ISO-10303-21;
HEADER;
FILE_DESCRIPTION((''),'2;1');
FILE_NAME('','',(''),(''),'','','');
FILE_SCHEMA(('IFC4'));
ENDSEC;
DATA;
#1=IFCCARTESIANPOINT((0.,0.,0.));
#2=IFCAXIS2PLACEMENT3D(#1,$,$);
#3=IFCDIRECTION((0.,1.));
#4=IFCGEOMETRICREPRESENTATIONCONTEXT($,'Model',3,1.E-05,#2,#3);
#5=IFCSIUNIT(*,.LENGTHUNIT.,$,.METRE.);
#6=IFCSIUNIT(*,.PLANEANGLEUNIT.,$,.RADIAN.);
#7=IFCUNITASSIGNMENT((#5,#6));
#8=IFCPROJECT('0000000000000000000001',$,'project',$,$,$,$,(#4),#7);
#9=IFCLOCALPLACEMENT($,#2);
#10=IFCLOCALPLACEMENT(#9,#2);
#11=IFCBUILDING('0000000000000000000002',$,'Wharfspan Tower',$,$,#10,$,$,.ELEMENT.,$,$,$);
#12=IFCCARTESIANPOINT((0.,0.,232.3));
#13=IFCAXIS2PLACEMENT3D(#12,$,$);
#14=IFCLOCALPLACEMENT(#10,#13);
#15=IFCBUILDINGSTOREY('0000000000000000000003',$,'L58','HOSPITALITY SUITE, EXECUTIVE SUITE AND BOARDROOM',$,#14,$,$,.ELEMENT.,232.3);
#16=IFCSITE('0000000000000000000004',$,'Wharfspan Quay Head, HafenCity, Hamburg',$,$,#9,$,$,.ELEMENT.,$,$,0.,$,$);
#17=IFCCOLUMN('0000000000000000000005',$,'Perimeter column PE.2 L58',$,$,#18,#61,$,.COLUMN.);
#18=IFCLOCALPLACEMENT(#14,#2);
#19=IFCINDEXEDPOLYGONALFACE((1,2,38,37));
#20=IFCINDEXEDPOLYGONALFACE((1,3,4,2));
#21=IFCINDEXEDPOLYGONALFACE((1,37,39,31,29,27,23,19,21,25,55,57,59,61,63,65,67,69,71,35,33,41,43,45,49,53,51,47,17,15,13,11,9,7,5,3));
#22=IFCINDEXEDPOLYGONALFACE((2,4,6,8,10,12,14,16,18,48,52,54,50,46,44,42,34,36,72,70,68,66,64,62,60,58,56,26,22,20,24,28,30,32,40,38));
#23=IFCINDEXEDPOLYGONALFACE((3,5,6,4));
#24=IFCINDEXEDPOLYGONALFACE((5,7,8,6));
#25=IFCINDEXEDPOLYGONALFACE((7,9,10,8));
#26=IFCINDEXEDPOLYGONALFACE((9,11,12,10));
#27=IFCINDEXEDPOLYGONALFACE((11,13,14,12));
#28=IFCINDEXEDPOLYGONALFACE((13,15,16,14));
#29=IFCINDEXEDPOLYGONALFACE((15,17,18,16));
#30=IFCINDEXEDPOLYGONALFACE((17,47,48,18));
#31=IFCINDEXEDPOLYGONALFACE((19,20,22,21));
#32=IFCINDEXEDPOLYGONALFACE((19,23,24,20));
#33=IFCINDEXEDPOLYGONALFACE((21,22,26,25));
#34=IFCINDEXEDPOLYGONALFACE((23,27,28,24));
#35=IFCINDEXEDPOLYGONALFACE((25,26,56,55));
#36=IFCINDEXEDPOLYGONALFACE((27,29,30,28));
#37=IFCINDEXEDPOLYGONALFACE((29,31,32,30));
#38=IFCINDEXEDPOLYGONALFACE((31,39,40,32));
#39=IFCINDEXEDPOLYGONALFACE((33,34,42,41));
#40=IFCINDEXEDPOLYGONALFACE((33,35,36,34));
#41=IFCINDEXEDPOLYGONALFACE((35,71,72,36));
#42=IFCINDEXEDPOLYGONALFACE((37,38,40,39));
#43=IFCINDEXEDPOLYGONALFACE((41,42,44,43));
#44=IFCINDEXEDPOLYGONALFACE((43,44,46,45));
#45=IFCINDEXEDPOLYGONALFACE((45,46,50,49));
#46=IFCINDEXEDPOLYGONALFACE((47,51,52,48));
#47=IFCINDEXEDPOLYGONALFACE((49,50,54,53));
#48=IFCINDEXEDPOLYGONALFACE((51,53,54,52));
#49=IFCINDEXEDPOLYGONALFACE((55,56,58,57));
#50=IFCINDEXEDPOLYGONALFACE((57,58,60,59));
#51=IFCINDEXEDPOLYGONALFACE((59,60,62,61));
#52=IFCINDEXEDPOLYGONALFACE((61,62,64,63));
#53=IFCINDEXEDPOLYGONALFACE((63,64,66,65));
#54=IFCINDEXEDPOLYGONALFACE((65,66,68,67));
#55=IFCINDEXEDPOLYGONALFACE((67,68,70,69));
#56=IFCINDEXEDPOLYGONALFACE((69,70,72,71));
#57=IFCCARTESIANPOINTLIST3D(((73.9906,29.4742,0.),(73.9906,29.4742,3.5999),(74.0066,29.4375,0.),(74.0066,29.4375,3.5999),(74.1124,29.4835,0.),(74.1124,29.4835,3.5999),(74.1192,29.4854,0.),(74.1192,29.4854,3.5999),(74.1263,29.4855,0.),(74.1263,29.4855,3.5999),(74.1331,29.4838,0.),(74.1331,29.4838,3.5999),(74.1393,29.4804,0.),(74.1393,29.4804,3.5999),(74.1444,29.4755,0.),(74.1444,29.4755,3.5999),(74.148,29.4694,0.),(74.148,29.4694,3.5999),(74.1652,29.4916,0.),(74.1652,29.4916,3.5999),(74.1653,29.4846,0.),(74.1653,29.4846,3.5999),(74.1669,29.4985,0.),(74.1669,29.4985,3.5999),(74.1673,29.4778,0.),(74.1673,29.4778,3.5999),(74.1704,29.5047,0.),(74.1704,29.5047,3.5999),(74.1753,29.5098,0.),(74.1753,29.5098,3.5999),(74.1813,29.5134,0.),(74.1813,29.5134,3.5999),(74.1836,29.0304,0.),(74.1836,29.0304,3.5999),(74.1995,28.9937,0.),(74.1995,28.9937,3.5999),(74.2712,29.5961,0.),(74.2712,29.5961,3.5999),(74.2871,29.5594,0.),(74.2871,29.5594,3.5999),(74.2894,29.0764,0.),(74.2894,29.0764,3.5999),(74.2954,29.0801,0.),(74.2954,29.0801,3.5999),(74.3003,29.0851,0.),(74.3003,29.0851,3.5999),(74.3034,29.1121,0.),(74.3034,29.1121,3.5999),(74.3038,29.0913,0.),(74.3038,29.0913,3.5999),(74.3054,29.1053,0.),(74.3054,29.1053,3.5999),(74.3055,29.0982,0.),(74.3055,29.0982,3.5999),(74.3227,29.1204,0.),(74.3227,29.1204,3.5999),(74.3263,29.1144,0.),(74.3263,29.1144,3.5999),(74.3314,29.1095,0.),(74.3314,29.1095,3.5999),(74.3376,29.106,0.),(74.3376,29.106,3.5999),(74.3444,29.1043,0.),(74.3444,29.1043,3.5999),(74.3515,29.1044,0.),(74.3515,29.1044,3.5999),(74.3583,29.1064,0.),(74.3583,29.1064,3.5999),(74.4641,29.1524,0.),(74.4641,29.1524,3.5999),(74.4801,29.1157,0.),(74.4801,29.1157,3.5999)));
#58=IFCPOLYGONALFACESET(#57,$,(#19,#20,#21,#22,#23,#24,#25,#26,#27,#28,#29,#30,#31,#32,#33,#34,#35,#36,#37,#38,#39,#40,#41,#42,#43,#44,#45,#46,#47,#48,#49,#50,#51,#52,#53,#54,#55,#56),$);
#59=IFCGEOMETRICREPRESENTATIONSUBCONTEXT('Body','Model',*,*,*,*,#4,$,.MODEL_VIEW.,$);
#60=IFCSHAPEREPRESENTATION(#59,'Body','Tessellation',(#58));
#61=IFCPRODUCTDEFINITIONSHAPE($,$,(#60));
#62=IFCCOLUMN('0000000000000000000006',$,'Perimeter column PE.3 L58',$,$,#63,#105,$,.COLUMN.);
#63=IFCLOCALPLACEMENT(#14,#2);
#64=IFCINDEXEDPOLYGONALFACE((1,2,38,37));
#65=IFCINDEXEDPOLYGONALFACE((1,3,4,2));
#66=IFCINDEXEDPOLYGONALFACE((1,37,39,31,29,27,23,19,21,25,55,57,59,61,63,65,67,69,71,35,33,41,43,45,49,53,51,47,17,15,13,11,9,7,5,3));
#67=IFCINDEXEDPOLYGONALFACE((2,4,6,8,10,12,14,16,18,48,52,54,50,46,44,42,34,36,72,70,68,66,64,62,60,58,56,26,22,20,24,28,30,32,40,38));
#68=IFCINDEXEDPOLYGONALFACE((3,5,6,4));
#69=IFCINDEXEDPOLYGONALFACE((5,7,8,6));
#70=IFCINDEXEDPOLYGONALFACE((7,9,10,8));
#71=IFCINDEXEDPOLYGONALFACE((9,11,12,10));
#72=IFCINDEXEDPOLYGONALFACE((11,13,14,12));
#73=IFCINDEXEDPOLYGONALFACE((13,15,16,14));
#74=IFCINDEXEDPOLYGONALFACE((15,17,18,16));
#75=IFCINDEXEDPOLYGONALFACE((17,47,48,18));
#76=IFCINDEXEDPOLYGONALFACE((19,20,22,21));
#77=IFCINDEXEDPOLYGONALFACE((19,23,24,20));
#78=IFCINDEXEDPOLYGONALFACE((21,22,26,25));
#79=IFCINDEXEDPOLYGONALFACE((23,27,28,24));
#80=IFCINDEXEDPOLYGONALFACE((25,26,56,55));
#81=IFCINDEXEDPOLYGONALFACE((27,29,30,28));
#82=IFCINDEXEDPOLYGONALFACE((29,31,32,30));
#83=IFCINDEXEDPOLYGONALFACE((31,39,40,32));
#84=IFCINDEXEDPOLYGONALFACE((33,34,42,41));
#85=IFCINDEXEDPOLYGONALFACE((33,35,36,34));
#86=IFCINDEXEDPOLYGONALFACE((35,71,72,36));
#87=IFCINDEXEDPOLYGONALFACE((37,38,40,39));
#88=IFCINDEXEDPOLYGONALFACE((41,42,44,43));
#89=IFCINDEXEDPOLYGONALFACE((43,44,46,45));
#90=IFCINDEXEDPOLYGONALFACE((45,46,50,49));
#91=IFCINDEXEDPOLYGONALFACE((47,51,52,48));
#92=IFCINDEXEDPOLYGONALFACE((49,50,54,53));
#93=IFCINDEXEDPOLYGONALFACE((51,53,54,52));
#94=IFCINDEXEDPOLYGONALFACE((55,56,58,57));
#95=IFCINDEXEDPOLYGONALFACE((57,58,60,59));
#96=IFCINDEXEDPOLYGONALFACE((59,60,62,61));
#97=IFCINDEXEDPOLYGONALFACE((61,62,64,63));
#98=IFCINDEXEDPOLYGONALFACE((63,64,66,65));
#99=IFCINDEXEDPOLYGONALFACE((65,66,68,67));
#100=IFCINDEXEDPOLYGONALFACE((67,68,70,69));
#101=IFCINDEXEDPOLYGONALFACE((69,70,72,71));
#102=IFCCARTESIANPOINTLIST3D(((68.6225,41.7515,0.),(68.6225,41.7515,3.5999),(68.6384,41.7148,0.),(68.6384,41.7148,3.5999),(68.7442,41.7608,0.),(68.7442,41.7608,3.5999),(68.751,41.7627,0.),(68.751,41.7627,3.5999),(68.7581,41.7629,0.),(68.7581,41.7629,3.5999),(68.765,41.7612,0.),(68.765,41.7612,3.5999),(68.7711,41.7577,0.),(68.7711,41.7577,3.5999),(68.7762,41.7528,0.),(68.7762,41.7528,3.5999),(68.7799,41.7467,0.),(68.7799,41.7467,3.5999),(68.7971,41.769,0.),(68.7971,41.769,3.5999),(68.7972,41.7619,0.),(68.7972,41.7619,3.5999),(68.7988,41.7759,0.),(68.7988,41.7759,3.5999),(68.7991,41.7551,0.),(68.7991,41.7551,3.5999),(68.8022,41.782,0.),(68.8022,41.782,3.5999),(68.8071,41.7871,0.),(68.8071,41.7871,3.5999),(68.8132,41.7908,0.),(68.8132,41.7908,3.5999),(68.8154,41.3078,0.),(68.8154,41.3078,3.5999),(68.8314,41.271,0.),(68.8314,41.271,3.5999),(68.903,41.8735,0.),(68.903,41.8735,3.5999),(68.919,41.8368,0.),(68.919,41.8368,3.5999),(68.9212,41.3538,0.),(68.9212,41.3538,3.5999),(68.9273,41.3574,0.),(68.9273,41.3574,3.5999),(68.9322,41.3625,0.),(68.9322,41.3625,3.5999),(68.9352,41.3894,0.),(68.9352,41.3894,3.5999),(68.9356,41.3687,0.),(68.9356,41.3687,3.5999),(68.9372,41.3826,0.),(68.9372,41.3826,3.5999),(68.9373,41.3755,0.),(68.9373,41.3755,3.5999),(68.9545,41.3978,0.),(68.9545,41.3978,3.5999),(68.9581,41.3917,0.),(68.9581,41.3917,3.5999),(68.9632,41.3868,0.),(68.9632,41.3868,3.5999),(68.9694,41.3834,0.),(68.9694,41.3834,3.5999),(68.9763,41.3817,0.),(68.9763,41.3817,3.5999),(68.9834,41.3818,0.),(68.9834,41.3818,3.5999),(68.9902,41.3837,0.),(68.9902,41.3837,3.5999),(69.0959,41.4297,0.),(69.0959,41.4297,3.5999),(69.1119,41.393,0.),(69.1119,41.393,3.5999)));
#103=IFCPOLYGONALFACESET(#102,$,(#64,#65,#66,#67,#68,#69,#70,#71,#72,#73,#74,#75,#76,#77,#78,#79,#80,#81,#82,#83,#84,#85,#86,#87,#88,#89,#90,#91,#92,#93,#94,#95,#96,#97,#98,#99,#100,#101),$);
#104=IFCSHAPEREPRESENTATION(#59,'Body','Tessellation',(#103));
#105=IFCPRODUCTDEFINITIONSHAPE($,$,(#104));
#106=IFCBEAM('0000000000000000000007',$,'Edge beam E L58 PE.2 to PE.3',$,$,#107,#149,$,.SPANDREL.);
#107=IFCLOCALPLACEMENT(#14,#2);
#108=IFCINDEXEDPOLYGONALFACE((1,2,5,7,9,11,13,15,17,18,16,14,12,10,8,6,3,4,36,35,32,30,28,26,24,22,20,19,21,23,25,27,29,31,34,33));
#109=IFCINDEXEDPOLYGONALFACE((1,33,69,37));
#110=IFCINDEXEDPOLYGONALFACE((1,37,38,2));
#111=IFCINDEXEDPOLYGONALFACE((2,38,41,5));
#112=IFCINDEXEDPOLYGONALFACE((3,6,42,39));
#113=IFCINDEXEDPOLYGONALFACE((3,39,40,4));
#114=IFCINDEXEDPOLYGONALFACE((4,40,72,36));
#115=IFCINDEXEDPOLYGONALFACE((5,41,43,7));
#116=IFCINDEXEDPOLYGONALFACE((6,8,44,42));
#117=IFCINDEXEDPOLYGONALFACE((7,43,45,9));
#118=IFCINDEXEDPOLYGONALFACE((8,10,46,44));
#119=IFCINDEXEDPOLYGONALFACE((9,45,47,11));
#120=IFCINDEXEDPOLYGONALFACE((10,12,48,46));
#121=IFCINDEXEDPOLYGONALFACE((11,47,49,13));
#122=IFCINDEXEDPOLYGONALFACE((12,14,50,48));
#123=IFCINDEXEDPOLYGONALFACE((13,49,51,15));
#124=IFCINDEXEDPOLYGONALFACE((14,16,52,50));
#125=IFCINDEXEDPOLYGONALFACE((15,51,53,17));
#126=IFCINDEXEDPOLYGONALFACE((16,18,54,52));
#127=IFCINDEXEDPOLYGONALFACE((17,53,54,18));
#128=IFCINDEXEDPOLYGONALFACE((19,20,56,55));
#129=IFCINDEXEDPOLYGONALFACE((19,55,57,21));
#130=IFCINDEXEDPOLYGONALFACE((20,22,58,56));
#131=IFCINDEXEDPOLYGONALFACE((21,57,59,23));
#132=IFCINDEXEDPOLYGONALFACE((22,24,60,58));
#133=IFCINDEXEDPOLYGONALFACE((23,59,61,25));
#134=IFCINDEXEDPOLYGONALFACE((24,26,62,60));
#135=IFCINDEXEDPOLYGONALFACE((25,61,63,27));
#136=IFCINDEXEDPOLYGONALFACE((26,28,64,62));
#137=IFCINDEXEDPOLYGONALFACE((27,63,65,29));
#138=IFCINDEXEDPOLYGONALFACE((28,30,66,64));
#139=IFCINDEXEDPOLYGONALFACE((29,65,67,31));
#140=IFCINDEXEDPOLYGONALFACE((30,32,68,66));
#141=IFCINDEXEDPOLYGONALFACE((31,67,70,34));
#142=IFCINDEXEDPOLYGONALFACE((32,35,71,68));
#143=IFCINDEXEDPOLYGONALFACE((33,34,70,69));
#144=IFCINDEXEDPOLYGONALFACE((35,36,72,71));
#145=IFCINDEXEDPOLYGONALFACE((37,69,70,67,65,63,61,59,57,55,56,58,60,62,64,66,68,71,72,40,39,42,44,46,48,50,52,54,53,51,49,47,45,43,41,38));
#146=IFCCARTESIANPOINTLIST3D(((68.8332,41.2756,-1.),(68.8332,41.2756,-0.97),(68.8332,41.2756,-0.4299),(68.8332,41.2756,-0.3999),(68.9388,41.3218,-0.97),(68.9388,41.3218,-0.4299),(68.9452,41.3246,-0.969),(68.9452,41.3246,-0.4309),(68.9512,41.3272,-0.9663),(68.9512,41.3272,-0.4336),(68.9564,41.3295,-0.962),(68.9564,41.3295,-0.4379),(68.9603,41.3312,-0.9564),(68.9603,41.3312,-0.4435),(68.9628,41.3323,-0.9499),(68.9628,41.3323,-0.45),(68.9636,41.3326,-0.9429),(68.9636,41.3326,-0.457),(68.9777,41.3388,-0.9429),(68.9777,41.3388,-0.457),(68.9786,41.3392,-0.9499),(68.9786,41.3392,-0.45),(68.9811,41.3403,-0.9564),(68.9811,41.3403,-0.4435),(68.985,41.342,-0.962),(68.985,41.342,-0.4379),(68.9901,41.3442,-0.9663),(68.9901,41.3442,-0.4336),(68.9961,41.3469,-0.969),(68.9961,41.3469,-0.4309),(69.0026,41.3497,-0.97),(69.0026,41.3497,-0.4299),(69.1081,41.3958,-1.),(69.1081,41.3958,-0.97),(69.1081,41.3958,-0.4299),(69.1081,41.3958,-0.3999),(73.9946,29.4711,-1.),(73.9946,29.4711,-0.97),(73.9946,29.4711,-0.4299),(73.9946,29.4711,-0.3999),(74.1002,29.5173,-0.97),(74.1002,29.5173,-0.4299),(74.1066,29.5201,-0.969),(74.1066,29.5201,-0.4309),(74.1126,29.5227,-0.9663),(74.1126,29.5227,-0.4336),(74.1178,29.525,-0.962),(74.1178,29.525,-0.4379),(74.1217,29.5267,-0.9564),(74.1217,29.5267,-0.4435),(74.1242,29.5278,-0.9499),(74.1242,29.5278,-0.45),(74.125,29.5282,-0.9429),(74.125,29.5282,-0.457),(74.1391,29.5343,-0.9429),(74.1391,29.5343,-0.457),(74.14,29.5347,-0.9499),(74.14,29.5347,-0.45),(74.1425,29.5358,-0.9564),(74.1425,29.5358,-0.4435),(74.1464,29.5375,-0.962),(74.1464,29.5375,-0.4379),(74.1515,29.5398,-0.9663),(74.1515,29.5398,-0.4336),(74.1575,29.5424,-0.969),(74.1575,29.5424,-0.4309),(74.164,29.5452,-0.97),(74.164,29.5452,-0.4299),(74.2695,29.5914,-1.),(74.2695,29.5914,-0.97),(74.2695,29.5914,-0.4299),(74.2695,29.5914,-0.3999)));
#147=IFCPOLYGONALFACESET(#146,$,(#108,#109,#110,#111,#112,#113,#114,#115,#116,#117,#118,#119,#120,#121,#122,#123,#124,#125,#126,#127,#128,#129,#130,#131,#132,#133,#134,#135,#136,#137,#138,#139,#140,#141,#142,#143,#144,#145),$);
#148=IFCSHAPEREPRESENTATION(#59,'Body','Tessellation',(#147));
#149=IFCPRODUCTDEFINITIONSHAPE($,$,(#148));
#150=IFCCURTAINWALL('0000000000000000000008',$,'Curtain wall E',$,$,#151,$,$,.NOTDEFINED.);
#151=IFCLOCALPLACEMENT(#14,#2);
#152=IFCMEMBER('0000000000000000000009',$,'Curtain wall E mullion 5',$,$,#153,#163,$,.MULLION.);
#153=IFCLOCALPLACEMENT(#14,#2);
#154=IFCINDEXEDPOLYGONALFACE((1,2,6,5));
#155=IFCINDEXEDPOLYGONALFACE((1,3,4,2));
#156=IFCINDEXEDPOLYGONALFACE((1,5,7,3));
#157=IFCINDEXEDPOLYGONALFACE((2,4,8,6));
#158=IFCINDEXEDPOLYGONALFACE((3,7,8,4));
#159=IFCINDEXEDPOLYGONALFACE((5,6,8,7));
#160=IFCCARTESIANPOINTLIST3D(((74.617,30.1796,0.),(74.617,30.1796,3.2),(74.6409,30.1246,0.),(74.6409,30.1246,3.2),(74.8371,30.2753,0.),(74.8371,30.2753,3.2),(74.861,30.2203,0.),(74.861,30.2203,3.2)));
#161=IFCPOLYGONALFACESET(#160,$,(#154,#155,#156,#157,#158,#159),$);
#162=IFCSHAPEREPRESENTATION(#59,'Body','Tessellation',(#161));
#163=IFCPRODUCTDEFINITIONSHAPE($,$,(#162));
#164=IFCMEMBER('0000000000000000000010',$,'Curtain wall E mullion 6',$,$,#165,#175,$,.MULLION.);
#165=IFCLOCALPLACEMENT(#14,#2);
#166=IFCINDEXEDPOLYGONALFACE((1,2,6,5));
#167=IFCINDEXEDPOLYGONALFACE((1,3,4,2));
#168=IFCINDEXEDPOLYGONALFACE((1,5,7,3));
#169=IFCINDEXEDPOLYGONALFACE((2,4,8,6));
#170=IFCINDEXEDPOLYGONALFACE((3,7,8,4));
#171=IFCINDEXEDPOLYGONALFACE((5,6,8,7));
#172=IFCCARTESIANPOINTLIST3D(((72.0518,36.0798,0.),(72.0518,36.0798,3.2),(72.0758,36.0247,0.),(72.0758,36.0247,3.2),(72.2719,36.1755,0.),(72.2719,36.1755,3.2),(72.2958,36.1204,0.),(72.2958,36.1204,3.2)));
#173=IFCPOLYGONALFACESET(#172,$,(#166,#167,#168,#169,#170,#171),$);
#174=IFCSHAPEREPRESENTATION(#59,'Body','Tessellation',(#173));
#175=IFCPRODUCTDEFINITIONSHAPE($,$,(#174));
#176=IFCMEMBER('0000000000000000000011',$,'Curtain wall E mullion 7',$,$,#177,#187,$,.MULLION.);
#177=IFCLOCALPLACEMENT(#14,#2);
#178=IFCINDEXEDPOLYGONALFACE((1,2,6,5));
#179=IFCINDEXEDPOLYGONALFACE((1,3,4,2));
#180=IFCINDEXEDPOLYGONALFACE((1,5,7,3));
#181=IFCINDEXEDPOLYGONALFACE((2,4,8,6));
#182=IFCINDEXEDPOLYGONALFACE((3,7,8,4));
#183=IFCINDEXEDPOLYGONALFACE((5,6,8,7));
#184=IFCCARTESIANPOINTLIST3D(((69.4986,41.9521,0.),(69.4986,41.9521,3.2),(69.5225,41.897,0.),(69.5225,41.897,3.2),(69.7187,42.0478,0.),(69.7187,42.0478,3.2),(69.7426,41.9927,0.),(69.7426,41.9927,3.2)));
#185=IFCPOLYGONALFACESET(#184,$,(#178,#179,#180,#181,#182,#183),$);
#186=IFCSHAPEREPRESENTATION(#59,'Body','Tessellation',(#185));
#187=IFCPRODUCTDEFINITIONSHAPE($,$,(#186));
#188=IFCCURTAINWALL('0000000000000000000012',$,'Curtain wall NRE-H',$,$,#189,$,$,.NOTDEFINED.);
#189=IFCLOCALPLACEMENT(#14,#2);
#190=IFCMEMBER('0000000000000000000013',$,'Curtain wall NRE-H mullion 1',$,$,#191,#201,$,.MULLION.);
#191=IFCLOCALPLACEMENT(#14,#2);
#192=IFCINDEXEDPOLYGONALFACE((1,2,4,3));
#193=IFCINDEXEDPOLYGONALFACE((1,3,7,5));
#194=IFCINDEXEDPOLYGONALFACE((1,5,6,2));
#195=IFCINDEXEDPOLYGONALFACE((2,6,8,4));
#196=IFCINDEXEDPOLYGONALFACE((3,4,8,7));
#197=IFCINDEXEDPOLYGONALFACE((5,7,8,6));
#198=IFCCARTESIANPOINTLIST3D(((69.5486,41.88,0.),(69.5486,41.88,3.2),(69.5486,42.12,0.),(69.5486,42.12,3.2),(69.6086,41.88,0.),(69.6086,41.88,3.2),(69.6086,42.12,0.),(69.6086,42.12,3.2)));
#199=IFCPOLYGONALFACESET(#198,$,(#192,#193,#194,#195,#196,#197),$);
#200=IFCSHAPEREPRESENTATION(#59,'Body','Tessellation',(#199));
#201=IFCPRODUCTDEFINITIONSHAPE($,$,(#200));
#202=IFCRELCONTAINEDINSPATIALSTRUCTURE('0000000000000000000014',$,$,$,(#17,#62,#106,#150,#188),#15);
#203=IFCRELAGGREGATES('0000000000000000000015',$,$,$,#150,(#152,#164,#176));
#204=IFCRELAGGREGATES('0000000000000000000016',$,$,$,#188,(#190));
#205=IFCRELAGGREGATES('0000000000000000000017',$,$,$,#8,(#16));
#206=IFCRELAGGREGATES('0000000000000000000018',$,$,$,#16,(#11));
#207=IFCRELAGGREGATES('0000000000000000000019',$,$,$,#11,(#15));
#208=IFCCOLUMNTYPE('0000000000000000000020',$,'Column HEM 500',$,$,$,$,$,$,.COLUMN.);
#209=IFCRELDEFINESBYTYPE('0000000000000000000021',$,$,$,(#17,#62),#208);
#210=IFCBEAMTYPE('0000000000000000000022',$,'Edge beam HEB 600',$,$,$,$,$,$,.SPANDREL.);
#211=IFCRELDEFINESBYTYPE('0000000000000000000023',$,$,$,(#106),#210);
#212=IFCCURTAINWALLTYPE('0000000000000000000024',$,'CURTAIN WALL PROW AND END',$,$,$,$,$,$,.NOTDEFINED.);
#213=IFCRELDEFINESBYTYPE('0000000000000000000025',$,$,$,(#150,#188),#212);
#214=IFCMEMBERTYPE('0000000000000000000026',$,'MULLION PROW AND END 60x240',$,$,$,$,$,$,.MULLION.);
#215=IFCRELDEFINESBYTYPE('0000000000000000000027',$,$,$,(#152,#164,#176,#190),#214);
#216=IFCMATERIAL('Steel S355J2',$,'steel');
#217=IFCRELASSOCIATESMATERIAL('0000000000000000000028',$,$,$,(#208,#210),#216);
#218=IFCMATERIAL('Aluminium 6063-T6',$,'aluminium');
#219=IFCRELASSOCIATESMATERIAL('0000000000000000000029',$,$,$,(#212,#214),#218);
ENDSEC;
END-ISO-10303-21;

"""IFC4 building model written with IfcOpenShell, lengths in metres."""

from ifc_helpers import new_model, si_unit, direction, frame, origin, origin_2d, place, context, subcontext, project, spatial, rectangle, i_section, extrude, material, material_profile, profile_set, type_object, element, aggregate, save


model = new_model("IFC4")

# Units and contexts
model_context = context("Model", 3, precision=1e-05, world=origin(), true_north=direction((0.0, 1.0)))
body_context = subcontext(model_context, "Body", "Model", "MODEL_VIEW")
ifc_project = project(units=[si_unit("LENGTHUNIT", "METRE"), si_unit("PLANEANGLEUNIT", "RADIAN")], contexts=[model_context])

# Site, building, storey
site_placement = place(None, origin())
site = spatial("IfcSite", under=ifc_project, at=site_placement, Name="Wharfspan Quay Head, HafenCity, Hamburg", CompositionType="ELEMENT", RefElevation=0.0)
building_placement = place(site_placement, origin())
building = spatial("IfcBuilding", under=site, at=building_placement, Name="Wharfspan Tower", CompositionType="ELEMENT")
storey_placement = place(building_placement, frame((0.0, 0.0, 232.3)))
storey = spatial("IfcBuildingStorey", under=building, at=storey_placement, Name="L58", Description="HOSPITALITY SUITE, EXECUTIVE SUITE AND BOARDROOM", CompositionType="ELEMENT", Elevation=232.3)

# Columns
ifc_material_1 = material(Name="Steel S355J2", Category="steel")
ifc_material_profile_1 = material_profile(ifc_material_1, i_section(OverallWidth=0.3059, OverallDepth=0.5239, WebThickness=0.021, FlangeThickness=0.04, FilletRadius=0.0271, at=origin_2d()))
ifc_profile_set_1 = profile_set([ifc_material_profile_1], Name="Steel S355J2")
column_type = type_object("IfcColumnType", Name="Column HEM 500", PredefinedType="COLUMN", material=ifc_profile_set_1)
for number, where, z_axis, x_axis, name in (
    (1, (74.2354, 29.2949, 0.0), (0.0, 0.0, 1.0), (0.917072, 0.398727, 0.0), "Perimeter column PE.2 L58"),
    (2, (68.8672, 41.5723, 0.0), (0.0, 0.0, 1.0), (0.917072, 0.398727, 0.0), "Perimeter column PE.3 L58"),
):
    element("IfcColumn", number, at=place(storey_placement, frame(where, z_axis=z_axis, x_axis=x_axis)), inside=storey, type_object=column_type, Name=name, PredefinedType="COLUMN", context=body_context, shape_type="SweptSolid", body=[
        extrude(i_section(OverallWidth=0.3059, OverallDepth=0.5239, WebThickness=0.021, FlangeThickness=0.04, FilletRadius=0.0271, at=origin_2d()), origin(), (0.0, 0.0, 1.0), 3.5999),
    ])

# Beam
ifc_material_profile_2 = material_profile(ifc_material_1, i_section(OverallWidth=0.3, OverallDepth=0.6001, WebThickness=0.0154, FlangeThickness=0.03, FilletRadius=0.0271, at=origin_2d()))
ifc_profile_set_2 = profile_set([ifc_material_profile_2], Name="Steel S355J2")
beam_type = type_object("IfcBeamType", Name="Edge beam HEB 600", PredefinedType="SPANDREL", material=ifc_profile_set_2)
beam_placement = place(storey_placement, frame((74.1321, 29.5312, -0.7), z_axis=(-0.400619, 0.916245, 0.0), x_axis=(-0.916245, -0.400619, 0.0)))
element("IfcBeam", 3, at=beam_placement, inside=storey, type_object=beam_type, Name="Edge beam E L58 PE.2 to PE.3", PredefinedType="SPANDREL", context=body_context, shape_type="SweptSolid", body=[
    extrude(i_section(OverallWidth=0.3, OverallDepth=0.6001, WebThickness=0.0154, FlangeThickness=0.03, FilletRadius=0.0271, at=origin_2d()), origin(), (0.0, 0.0, 1.0), 12.8835),
])

# Curtain walls, members
ifc_material_2 = material(Name="Aluminium 6063-T6", Category="aluminium")
curtain_wall_type = type_object("IfcCurtainWallType", Name="CURTAIN WALL PROW AND END", PredefinedType="NOTDEFINED", material=ifc_material_2)
curtain_wall_1_placement = place(storey_placement, origin())
curtain_wall_1 = element("IfcCurtainWall", 4, at=curtain_wall_1_placement, inside=storey, type_object=curtain_wall_type, Name="Curtain wall E", PredefinedType="NOTDEFINED")
ifc_material_profile_3 = material_profile(ifc_material_2, rectangle(XDim=0.24, YDim=0.0601, at=origin_2d()))
ifc_profile_set_3 = profile_set([ifc_material_profile_3], Name="Aluminium 6063-T6")
member_type_1 = type_object("IfcMemberType", Name="MULLION PROW AND END 60x240", PredefinedType="MULLION", material=ifc_profile_set_3)
member_1_placement = place(storey_placement, frame((74.739, 30.2, 0.0), z_axis=(0.0, 0.0, 1.0), x_axis=(-0.917072, -0.398727, 0.0)))
member_1 = element("IfcMember", 5, at=member_1_placement, type_object=member_type_1, Name="Curtain wall E mullion 5", PredefinedType="MULLION", context=body_context, shape_type="SweptSolid", body=[
    extrude(rectangle(XDim=0.24, YDim=0.0601, at=origin_2d()), origin(), (0.0, 0.0, 1.0), 3.2),
])
member_2_placement = place(storey_placement, frame((72.1738, 36.1001, 0.0), z_axis=(0.0, 0.0, 1.0), x_axis=(-0.917072, -0.398727, 0.0)))
member_2 = element("IfcMember", 6, at=member_2_placement, type_object=member_type_1, Name="Curtain wall E mullion 6", PredefinedType="MULLION", context=body_context, shape_type="SweptSolid", body=[
    extrude(rectangle(XDim=0.24, YDim=0.0601, at=origin_2d()), origin(), (0.0, 0.0, 1.0), 3.2),
])
member_3_placement = place(storey_placement, frame((69.6206, 41.9724, 0.0), z_axis=(0.0, 0.0, 1.0), x_axis=(-0.917072, -0.398727, 0.0)))
member_3 = element("IfcMember", 7, at=member_3_placement, type_object=member_type_1, Name="Curtain wall E mullion 7", PredefinedType="MULLION", context=body_context, shape_type="SweptSolid", body=[
    extrude(rectangle(XDim=0.24, YDim=0.0601, at=origin_2d()), origin(), (0.0, 0.0, 1.0), 3.2),
])
curtain_wall_2_placement = place(storey_placement, origin())
curtain_wall_2 = element("IfcCurtainWall", 8, at=curtain_wall_2_placement, inside=storey, type_object=curtain_wall_type, Name="Curtain wall NRE-H", PredefinedType="NOTDEFINED")
member_4_placement = place(storey_placement, frame((69.5786, 42.0, 0.0), z_axis=(0.0, 0.0, 1.0), x_axis=(0.0, -1.0, 0.0)))
member_4 = element("IfcMember", 9, at=member_4_placement, type_object=member_type_1, Name="Curtain wall NRE-H mullion 1", PredefinedType="MULLION", context=body_context, shape_type="SweptSolid", body=[
    extrude(rectangle(XDim=0.24, YDim=0.0601, at=origin_2d()), origin(), (0.0, 0.0, 1.0), 3.2),
])

aggregate(curtain_wall_1, [member_1, member_2, member_3])
aggregate(curtain_wall_2, [member_4])

save(model, "model.ifc")
